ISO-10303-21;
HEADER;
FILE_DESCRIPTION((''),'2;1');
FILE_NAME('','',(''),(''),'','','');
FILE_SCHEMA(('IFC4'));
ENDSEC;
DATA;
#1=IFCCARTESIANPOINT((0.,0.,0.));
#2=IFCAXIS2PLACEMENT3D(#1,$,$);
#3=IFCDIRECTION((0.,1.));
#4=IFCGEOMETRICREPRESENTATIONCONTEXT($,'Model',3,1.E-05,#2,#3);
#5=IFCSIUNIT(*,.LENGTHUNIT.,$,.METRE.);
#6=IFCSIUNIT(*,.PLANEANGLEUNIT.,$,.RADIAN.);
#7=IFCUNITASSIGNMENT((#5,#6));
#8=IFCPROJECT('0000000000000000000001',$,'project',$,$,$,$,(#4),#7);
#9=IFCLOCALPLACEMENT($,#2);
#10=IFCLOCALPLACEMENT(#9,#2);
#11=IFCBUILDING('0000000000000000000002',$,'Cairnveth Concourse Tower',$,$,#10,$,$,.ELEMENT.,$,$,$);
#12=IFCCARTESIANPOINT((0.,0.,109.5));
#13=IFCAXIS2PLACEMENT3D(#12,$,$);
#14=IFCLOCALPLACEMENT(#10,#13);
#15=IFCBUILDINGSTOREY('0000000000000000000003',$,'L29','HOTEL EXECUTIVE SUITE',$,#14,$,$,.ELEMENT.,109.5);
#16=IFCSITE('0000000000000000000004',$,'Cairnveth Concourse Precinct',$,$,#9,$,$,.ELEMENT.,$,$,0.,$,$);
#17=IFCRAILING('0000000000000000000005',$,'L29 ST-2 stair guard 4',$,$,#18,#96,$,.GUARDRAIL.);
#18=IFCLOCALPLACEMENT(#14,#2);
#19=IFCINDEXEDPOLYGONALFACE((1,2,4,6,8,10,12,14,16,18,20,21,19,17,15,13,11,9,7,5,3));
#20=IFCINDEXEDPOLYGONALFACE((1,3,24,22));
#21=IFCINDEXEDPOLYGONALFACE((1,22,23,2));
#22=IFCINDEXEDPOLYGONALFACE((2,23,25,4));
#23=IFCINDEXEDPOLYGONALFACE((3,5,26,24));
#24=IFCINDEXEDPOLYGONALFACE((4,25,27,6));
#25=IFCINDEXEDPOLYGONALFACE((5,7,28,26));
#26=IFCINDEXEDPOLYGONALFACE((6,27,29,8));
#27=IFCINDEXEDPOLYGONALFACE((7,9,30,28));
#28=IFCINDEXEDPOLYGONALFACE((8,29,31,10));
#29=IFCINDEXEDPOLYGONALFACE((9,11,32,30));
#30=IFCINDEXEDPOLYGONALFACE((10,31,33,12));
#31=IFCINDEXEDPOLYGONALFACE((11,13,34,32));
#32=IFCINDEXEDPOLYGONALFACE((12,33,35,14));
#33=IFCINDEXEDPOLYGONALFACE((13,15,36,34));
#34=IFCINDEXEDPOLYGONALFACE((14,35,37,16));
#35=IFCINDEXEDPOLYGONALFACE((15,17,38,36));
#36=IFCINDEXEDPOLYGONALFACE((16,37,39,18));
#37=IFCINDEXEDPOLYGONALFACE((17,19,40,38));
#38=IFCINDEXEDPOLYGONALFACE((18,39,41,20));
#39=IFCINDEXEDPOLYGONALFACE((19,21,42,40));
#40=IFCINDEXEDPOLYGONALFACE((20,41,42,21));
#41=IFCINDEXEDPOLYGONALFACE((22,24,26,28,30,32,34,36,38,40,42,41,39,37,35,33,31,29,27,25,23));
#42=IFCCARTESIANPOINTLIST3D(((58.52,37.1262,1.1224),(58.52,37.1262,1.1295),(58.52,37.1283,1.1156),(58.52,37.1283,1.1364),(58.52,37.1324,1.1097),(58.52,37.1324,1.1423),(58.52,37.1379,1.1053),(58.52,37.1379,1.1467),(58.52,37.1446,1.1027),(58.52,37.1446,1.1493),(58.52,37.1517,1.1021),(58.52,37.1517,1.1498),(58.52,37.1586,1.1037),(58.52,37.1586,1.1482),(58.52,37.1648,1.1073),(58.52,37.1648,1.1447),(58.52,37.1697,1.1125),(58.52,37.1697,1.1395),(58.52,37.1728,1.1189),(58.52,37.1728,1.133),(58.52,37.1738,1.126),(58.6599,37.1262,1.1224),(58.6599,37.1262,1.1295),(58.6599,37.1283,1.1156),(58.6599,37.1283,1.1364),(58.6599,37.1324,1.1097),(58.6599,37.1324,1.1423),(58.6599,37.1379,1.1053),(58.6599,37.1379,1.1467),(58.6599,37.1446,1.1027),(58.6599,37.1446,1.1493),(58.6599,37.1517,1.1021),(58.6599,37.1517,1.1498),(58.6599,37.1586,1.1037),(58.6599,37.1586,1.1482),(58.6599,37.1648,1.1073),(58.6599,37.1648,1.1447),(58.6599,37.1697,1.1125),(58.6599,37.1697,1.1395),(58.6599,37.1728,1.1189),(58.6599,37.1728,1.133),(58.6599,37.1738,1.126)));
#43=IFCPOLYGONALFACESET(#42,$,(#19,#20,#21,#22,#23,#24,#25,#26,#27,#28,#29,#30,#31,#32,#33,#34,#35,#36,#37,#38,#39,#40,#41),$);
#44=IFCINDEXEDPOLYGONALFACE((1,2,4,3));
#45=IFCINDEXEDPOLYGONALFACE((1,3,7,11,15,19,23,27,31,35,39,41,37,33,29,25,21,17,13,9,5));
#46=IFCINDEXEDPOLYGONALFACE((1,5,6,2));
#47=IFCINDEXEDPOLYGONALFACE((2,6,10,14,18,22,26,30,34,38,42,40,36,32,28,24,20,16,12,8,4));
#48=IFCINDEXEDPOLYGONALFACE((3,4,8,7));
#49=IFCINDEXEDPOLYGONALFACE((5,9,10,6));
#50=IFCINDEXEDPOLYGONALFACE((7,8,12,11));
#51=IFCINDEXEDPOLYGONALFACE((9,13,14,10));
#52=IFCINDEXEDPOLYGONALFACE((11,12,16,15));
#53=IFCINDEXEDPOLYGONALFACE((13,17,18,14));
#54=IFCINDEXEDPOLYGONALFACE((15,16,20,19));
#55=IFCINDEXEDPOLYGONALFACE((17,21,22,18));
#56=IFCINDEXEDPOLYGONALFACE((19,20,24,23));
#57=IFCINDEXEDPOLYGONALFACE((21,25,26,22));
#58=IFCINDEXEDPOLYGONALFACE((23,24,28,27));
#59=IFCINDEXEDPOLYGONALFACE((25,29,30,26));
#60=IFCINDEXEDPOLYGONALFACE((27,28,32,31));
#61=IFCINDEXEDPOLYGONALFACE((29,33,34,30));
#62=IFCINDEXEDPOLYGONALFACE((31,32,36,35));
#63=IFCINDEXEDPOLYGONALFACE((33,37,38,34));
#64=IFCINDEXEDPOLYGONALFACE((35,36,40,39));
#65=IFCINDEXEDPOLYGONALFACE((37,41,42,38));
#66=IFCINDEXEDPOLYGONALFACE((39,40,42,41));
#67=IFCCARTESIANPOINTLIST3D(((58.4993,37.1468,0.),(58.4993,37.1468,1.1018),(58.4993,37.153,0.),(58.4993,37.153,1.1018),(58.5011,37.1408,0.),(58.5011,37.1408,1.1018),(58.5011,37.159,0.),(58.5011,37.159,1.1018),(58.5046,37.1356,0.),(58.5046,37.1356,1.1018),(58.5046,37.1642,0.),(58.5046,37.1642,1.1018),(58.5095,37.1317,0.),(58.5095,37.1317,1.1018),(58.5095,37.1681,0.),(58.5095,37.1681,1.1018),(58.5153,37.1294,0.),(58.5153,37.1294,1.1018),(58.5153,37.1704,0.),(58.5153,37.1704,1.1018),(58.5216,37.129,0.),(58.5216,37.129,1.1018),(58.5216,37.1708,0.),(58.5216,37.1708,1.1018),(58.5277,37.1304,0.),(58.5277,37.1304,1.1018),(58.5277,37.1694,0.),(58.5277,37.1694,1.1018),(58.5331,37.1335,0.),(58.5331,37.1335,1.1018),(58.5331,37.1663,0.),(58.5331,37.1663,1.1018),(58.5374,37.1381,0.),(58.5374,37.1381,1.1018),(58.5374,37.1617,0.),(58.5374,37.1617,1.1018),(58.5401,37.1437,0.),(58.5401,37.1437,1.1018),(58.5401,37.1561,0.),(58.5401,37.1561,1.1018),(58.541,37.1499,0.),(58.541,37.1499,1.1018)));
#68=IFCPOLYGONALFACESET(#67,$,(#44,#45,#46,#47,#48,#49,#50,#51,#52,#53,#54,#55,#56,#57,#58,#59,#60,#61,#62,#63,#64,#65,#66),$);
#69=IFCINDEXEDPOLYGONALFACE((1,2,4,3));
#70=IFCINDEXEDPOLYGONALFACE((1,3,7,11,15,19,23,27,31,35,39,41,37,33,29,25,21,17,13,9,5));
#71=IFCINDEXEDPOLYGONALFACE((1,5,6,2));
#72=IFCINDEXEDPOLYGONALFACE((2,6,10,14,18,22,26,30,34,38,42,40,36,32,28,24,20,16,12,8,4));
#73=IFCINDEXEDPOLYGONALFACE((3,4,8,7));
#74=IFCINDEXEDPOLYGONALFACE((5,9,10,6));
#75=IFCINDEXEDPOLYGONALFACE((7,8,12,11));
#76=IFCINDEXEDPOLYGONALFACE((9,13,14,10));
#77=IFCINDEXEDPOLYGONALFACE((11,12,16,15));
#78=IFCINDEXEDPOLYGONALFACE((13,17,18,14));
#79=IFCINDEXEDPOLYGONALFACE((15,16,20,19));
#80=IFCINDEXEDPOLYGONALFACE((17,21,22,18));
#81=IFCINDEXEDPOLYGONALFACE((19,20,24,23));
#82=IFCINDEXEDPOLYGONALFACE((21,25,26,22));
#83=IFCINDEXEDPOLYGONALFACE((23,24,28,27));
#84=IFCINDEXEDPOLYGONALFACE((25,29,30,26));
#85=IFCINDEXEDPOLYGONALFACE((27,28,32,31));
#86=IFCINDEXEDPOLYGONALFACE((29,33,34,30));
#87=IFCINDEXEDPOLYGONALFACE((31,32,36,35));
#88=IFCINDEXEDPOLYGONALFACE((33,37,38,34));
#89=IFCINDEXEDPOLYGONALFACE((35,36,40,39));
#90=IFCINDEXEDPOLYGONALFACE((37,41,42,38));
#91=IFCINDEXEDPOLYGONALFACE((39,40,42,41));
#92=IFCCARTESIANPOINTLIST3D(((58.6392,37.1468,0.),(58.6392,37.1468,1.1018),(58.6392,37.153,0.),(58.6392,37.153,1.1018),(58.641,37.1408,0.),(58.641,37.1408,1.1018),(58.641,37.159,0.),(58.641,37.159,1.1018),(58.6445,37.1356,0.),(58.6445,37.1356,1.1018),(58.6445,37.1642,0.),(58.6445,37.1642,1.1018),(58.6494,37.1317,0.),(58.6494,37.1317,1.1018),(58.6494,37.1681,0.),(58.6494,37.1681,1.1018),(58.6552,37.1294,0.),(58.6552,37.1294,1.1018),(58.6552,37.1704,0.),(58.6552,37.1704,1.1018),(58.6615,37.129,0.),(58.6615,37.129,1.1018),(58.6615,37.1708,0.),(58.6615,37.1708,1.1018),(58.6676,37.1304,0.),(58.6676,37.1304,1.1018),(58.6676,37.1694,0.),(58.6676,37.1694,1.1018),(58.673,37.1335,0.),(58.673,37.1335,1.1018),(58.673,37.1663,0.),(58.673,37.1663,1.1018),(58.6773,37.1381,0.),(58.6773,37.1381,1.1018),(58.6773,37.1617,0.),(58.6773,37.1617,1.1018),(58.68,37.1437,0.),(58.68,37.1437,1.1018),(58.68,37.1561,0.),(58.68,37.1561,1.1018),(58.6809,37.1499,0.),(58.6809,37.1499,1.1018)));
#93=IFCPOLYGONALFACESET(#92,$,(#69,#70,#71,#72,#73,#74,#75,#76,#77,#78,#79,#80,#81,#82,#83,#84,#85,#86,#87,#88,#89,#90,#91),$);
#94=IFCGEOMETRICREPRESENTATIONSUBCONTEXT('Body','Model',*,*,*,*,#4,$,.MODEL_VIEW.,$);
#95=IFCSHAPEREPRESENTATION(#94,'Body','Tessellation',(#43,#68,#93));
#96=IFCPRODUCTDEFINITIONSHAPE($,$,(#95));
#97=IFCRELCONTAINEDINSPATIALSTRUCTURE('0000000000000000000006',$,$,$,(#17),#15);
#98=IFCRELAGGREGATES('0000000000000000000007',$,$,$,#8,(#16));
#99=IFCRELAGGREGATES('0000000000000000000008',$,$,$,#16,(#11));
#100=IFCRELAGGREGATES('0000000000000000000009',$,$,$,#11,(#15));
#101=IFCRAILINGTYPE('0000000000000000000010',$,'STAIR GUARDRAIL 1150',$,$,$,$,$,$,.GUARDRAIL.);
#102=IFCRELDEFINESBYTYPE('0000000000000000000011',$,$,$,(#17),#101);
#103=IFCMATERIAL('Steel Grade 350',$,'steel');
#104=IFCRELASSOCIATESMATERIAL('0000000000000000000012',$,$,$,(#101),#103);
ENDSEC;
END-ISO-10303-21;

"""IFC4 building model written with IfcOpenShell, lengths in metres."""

from ifc_helpers import new_model, si_unit, direction, frame, origin, origin_2d, place, context, subcontext, project, spatial, circle, extrude, material, type_object, element, save


model = new_model("IFC4")

# Units and contexts
model_context = context("Model", 3, precision=1e-05, world=origin(), true_north=direction((0.0, 1.0)))
body_context = subcontext(model_context, "Body", "Model", "MODEL_VIEW")
ifc_project = project(units=[si_unit("LENGTHUNIT", "METRE"), si_unit("PLANEANGLEUNIT", "RADIAN")], contexts=[model_context])

# Site, building, storey
site_placement = place(None, origin())
site = spatial("IfcSite", under=ifc_project, at=site_placement, Name="Cairnveth Concourse Precinct", CompositionType="ELEMENT", RefElevation=0.0)
building_placement = place(site_placement, origin())
building = spatial("IfcBuilding", under=site, at=building_placement, Name="Cairnveth Concourse Tower", CompositionType="ELEMENT")
storey_placement = place(building_placement, frame((0.0, 0.0, 109.5)))
storey = spatial("IfcBuildingStorey", under=building, at=storey_placement, Name="L29", Description="HOTEL EXECUTIVE SUITE", CompositionType="ELEMENT", Elevation=109.5)

# Shared definitions
ifc_material_1 = material(Name="Steel Grade 350", Category="steel")

# Railing
railing_type_1 = type_object("IfcRailingType", Name="STAIR GUARDRAIL 1150", PredefinedType="GUARDRAIL", material=ifc_material_1)
railing_1_placement = place(storey_placement, frame((58.52, 37.1499, 0.0)))
element("IfcRailing", 1, at=railing_1_placement, inside=storey, type_object=railing_type_1, Name="L29 ST-2 stair guard 4", PredefinedType="GUARDRAIL", context=body_context, shape_type="SweptSolid", body=[
    extrude(circle(Radius=0.0239, at=origin_2d()), frame((0.0, 0.0, 1.126), z_axis=(1.0, 0.0, 0.0), x_axis=(0.0, 1.0, 0.0)), (0.0, 0.0, 1.0), 0.1399),
    extrude(circle(Radius=0.021, at=origin_2d()), origin(), (0.0, 0.0, 1.0), 1.1018),
    extrude(circle(Radius=0.021, at=origin_2d()), frame((0.1399, 0.0, 0.0)), (0.0, 0.0, 1.0), 1.1018),
])

save(model, "model.ifc")
